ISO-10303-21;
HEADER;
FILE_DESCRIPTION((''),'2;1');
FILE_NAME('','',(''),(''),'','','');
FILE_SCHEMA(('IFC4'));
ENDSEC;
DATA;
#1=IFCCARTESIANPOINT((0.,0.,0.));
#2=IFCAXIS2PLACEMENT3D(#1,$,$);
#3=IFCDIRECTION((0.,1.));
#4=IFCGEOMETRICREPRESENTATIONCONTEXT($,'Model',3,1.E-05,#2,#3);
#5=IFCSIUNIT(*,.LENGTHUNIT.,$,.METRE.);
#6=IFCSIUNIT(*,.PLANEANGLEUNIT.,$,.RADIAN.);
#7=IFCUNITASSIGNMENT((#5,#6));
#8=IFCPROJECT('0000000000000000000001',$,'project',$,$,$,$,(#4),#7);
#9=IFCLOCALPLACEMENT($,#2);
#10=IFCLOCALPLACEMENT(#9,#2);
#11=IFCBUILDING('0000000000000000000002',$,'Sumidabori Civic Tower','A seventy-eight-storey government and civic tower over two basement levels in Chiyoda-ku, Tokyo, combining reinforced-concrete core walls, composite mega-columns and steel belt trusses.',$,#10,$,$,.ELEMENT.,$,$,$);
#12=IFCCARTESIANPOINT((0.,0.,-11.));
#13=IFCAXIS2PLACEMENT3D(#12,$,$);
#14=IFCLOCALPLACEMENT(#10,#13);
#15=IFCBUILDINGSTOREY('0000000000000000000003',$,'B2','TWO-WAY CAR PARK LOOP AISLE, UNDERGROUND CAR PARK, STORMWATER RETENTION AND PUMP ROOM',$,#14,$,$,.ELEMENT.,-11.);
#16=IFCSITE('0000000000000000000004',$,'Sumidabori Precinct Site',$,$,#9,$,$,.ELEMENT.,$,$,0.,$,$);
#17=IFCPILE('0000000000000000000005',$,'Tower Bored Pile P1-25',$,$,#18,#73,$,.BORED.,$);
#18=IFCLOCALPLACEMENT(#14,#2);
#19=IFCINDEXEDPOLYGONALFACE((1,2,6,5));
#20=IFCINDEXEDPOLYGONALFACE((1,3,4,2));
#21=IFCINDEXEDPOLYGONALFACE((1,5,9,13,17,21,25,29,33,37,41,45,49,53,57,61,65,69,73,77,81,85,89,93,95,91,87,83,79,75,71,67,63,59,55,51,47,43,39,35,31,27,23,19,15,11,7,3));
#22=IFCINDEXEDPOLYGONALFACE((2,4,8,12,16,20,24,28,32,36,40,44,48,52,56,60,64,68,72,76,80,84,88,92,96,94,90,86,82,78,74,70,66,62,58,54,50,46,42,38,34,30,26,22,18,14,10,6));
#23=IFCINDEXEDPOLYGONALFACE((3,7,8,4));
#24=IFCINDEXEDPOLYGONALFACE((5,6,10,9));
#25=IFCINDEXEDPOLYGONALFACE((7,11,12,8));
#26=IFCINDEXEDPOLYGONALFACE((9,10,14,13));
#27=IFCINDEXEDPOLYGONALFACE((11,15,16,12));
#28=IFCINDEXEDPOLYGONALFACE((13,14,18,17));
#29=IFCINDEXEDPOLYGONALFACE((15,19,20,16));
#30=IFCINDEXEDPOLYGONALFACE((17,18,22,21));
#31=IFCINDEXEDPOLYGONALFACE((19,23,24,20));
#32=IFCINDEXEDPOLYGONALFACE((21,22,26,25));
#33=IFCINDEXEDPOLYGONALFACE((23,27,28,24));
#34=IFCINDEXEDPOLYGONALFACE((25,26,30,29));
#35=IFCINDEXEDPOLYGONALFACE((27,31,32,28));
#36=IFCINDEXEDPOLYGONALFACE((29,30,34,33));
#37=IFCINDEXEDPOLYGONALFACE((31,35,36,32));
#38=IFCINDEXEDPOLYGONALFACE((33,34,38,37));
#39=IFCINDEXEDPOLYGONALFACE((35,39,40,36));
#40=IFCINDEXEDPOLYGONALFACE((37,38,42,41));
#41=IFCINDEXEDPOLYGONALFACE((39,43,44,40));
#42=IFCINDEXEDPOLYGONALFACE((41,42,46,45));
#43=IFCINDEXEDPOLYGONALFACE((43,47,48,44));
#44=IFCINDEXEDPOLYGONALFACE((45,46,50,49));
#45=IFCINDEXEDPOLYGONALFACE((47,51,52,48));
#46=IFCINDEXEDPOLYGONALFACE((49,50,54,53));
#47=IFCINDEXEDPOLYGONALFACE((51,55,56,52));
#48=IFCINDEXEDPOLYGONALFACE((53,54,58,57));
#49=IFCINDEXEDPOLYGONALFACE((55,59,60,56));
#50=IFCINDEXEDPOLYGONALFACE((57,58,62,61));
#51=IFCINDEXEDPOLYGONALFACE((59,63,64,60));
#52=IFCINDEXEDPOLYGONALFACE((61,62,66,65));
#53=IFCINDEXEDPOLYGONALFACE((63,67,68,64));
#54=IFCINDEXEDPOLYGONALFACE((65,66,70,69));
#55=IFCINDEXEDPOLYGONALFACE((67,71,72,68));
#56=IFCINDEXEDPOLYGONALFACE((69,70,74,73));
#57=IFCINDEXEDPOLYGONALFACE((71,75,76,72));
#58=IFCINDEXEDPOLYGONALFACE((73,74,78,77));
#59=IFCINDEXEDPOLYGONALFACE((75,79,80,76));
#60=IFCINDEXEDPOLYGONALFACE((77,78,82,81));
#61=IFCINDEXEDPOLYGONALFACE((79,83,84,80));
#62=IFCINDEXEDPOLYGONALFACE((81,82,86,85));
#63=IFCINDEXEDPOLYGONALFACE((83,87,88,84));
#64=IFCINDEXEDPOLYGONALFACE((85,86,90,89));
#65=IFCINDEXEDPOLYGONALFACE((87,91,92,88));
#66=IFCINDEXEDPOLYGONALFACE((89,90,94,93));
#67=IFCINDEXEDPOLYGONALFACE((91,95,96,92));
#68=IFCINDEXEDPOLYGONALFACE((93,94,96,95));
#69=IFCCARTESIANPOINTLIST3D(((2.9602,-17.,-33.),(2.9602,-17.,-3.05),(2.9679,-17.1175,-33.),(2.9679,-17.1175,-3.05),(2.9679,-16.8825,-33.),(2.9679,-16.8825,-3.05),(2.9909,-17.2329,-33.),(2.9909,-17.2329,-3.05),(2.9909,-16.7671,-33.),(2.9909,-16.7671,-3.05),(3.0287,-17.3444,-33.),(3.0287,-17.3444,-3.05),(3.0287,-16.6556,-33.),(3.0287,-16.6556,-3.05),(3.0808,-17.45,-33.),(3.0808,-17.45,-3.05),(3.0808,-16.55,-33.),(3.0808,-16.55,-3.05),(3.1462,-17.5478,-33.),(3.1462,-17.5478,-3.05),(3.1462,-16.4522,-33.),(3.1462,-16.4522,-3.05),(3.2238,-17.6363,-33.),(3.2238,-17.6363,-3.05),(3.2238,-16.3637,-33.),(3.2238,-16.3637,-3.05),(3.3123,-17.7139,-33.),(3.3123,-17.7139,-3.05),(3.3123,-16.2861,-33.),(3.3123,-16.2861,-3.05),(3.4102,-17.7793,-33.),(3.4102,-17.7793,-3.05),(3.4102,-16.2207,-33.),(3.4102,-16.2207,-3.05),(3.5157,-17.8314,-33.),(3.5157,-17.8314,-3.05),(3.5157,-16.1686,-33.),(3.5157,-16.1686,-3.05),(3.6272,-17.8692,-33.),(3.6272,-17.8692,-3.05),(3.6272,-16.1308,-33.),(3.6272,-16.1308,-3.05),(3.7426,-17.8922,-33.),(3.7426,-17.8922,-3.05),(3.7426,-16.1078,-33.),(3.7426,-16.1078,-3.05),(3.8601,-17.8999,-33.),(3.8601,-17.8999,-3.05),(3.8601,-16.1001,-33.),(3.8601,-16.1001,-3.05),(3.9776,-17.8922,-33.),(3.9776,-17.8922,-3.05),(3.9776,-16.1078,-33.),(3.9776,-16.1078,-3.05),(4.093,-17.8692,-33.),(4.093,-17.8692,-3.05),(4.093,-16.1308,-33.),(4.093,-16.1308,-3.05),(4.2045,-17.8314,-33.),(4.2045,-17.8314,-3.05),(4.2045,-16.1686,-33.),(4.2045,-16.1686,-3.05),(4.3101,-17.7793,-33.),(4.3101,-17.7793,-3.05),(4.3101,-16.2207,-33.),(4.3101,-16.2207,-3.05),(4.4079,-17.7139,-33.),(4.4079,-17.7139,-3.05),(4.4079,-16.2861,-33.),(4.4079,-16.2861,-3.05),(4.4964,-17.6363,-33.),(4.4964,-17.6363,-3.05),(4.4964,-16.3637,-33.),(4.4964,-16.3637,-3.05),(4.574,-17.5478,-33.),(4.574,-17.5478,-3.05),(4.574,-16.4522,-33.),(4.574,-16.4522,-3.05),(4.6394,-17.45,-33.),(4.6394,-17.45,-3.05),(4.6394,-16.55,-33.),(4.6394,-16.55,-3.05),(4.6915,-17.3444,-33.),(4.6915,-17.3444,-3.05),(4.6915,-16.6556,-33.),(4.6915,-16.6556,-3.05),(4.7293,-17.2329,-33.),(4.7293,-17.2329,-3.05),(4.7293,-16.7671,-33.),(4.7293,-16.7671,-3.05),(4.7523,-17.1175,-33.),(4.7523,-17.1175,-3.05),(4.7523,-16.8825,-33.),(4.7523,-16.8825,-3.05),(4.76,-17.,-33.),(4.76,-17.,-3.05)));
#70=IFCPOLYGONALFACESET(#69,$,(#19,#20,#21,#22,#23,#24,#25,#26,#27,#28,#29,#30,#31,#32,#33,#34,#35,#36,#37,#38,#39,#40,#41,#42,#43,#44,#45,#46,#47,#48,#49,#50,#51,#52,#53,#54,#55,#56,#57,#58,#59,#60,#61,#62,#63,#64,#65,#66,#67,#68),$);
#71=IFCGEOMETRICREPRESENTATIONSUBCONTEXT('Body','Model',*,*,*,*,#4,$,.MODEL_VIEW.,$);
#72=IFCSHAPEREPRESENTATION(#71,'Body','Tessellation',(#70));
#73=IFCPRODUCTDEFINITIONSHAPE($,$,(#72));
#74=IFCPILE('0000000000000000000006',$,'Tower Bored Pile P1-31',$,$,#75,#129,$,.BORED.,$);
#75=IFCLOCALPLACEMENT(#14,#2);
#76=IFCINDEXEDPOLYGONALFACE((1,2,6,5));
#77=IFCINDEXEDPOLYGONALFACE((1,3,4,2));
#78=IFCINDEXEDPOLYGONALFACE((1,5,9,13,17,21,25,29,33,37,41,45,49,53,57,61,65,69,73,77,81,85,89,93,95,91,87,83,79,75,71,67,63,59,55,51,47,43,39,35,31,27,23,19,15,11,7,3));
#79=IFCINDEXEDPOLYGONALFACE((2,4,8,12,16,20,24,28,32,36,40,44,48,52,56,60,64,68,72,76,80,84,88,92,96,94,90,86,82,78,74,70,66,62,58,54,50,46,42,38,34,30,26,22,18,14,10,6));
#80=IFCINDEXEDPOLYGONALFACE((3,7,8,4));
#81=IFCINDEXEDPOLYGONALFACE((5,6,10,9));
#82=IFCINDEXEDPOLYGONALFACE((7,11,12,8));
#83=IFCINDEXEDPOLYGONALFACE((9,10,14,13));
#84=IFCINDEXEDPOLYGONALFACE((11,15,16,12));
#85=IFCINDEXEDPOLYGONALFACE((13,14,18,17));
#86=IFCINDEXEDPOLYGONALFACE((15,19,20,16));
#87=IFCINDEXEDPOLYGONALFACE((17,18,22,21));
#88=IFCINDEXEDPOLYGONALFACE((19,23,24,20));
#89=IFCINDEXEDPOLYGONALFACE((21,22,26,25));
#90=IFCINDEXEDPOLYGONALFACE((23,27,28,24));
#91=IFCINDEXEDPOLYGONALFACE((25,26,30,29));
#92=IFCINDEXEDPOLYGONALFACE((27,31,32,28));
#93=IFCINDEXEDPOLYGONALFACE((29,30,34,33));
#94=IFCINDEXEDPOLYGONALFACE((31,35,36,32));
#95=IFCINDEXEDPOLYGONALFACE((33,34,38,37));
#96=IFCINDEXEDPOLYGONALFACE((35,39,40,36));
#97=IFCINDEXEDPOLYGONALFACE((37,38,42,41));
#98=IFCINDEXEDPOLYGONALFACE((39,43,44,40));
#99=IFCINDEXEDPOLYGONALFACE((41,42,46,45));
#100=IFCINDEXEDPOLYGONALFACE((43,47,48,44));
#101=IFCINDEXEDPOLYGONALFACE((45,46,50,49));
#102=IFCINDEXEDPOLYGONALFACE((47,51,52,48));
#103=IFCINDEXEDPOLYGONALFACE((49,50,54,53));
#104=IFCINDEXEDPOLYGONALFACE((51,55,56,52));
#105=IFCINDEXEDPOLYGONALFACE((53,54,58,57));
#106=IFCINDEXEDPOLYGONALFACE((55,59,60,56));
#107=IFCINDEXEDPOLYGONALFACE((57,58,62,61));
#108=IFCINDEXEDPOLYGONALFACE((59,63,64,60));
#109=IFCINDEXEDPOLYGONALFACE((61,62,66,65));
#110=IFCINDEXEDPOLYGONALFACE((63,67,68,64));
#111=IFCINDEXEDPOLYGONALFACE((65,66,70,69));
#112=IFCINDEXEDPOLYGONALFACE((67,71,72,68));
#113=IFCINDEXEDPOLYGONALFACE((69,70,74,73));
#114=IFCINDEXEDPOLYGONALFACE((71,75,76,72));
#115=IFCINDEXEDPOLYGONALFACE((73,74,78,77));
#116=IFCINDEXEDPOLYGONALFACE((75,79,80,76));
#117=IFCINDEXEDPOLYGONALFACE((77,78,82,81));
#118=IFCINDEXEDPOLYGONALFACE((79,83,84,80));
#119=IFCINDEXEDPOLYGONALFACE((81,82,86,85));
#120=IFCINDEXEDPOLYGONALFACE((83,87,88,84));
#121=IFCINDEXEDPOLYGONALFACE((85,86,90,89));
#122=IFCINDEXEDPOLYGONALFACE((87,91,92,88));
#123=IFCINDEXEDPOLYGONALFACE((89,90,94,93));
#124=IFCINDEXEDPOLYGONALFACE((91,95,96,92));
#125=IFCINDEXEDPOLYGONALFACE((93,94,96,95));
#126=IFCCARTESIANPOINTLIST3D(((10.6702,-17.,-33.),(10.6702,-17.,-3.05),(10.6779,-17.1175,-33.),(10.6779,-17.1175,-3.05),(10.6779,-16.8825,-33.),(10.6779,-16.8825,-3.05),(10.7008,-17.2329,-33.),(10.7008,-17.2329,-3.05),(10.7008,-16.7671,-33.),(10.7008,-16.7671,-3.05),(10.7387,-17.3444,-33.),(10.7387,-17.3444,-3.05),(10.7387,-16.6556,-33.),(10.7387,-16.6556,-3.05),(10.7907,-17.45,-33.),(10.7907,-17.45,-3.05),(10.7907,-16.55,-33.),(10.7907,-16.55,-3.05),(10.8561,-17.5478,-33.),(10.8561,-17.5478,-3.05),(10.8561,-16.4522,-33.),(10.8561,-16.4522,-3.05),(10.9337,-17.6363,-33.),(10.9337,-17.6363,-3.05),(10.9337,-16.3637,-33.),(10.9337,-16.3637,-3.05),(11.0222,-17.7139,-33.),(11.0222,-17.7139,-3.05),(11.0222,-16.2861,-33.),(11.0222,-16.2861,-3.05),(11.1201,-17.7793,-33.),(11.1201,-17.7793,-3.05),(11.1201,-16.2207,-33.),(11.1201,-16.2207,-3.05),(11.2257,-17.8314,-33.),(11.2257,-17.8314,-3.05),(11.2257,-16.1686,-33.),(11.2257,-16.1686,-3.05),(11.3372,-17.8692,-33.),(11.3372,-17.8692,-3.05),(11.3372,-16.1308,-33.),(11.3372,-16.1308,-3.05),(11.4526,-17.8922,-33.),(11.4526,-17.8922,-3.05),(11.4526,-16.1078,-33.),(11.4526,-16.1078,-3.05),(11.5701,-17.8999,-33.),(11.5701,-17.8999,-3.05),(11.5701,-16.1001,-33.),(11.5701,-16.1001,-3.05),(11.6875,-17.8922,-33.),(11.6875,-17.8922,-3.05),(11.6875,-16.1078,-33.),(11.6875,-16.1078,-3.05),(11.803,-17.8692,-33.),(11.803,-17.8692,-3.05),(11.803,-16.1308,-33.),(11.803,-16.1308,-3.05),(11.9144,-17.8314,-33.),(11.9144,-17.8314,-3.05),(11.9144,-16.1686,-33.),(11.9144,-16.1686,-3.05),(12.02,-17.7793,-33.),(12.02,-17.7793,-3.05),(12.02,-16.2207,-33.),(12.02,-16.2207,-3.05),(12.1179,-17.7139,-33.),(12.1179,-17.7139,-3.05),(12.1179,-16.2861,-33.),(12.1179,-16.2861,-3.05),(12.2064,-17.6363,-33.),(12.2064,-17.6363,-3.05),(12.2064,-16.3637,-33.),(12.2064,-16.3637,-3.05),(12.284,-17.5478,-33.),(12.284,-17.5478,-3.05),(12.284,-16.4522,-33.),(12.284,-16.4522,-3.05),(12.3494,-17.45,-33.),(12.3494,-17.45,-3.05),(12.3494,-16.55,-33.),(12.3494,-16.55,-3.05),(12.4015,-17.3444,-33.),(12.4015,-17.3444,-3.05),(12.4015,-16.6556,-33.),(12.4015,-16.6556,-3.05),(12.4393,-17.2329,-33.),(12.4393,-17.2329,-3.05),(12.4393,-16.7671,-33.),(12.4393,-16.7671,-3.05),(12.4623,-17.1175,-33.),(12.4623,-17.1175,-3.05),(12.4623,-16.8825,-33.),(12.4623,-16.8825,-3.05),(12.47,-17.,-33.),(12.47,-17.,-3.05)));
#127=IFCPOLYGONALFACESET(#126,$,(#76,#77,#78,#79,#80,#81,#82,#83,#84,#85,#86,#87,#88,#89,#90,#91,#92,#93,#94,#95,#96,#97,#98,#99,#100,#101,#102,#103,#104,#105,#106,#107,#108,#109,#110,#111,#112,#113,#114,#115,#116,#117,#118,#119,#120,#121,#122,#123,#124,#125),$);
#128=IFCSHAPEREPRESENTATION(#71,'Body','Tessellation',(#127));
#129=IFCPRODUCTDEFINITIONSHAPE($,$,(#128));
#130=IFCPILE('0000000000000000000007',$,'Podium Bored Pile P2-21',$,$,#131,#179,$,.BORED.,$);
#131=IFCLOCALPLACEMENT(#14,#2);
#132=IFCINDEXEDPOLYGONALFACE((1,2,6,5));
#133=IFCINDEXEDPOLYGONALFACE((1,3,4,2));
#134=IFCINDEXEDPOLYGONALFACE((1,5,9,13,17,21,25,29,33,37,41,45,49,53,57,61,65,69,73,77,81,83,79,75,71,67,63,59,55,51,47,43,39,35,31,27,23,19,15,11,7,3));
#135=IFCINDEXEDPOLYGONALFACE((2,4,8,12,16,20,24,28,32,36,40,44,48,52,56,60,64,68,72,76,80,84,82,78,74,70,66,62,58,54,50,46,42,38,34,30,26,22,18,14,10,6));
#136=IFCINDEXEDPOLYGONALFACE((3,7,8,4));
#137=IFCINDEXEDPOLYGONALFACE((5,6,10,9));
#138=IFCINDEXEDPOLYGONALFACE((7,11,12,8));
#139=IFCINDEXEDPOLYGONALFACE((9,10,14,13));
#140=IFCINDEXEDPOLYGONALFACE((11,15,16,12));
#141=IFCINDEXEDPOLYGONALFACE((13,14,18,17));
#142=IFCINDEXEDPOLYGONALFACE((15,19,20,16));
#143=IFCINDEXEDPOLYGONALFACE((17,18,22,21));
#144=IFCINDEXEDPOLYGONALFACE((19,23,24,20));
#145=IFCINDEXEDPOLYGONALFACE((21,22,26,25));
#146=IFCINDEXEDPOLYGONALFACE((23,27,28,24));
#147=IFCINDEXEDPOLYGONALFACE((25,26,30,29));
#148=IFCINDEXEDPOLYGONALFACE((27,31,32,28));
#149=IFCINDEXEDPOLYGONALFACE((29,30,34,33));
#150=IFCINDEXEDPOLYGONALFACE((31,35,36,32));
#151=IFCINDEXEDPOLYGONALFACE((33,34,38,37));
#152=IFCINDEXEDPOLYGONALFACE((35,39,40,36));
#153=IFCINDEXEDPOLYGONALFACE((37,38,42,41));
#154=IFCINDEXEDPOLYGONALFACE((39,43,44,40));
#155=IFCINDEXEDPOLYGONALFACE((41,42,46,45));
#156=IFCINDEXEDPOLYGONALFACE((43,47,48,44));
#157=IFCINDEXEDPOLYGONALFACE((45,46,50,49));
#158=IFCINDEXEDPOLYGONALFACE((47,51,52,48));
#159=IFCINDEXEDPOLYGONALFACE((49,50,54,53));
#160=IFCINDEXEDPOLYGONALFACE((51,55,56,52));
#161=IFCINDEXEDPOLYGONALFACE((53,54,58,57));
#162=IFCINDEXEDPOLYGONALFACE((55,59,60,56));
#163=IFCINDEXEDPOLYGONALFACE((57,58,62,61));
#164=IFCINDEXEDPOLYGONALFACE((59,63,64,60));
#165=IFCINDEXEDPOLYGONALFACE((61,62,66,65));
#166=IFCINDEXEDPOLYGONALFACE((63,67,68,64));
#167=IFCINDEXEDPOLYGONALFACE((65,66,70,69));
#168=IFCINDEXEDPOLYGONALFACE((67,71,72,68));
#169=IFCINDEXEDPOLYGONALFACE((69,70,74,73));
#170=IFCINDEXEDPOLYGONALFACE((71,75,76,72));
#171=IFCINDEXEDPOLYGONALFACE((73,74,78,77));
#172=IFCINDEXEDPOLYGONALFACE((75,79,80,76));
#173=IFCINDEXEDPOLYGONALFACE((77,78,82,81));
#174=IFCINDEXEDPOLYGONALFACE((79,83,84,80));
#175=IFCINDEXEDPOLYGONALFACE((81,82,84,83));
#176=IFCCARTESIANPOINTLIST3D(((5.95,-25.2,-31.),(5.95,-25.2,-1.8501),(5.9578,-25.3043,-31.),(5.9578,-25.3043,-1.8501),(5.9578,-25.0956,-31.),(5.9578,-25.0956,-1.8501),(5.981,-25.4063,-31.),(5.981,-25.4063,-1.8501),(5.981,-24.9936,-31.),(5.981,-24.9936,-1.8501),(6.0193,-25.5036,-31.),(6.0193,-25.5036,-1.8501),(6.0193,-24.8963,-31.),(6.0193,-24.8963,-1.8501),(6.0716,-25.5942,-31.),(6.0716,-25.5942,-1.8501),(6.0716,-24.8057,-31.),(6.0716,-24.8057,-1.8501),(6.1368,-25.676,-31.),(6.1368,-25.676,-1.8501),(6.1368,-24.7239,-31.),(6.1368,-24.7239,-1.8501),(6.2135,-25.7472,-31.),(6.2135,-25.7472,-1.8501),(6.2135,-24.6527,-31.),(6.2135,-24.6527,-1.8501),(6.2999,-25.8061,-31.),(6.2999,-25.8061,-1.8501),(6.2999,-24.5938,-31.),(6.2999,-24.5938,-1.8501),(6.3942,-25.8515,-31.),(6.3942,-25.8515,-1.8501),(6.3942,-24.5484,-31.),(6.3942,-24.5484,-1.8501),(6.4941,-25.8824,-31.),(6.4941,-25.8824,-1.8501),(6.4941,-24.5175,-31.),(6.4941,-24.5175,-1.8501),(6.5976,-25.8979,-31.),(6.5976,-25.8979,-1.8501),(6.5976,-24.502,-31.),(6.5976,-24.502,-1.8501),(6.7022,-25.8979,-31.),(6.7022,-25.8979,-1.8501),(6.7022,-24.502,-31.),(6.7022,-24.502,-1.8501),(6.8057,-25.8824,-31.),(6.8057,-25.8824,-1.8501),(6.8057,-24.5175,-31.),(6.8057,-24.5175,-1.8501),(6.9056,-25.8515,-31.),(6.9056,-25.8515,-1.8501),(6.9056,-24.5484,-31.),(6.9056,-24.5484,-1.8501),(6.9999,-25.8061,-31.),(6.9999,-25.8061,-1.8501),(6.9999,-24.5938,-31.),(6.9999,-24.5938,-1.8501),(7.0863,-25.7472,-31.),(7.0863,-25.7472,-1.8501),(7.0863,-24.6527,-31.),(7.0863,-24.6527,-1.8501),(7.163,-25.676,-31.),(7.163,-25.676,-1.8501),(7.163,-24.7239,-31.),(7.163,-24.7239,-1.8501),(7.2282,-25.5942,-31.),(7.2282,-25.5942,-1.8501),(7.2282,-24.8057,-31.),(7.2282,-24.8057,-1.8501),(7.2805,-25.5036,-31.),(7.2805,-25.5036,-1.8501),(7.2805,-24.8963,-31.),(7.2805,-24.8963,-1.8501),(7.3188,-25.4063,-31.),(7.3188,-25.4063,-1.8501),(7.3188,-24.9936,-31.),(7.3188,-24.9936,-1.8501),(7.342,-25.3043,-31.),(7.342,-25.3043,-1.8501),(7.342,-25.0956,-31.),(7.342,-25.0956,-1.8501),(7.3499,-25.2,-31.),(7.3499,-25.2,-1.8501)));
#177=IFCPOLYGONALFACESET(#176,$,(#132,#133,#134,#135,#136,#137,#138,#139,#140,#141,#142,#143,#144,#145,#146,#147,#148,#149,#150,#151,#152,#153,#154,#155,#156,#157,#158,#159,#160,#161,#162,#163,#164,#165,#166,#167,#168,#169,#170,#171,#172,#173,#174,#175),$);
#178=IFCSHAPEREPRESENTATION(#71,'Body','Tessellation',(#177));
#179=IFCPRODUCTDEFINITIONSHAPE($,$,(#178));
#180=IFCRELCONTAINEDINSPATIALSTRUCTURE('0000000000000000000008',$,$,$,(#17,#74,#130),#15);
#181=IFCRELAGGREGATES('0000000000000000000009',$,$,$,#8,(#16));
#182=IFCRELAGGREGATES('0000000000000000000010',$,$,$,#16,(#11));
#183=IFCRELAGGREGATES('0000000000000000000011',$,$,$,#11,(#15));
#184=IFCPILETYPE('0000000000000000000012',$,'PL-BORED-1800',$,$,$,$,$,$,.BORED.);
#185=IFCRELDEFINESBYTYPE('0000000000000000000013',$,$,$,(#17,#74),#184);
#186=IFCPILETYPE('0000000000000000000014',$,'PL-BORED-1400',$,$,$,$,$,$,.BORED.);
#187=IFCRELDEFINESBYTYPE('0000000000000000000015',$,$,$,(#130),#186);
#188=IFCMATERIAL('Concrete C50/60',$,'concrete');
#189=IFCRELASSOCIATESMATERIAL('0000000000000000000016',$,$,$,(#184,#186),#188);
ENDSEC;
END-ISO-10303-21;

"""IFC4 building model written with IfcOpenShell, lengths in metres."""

from ifc_helpers import new_model, si_unit, direction, frame, origin, origin_2d, place, context, subcontext, project, spatial, circle, extrude, source, transform, mapped, material, material_profile, profile_set, type_object, element, save


model = new_model("IFC4")

# Units and contexts
model_context = context("Model", 3, precision=1e-05, world=origin(), true_north=direction((0.0, 1.0)))
body_context = subcontext(model_context, "Body", "Model", "MODEL_VIEW")
ifc_project = project(units=[si_unit("LENGTHUNIT", "METRE"), si_unit("PLANEANGLEUNIT", "RADIAN")], contexts=[model_context])

# Site, building, storey
site_placement = place(None, origin())
site = spatial("IfcSite", under=ifc_project, at=site_placement, Name="Sumidabori Precinct Site", CompositionType="ELEMENT", RefElevation=0.0)
building_placement = place(site_placement, origin())
building = spatial("IfcBuilding", under=site, at=building_placement, Name="Sumidabori Civic Tower", Description="A seventy-eight-storey government and civic tower over two basement levels in Chiyoda-ku, Tokyo, combining reinforced-concrete core walls, composite mega-columns and steel belt trusses.", CompositionType="ELEMENT")
storey_placement = place(building_placement, frame((0.0, 0.0, -11.0)))
storey = spatial("IfcBuildingStorey", under=building, at=storey_placement, Name="B2", Description="TWO-WAY CAR PARK LOOP AISLE, UNDERGROUND CAR PARK, STORMWATER RETENTION AND PUMP ROOM", CompositionType="ELEMENT", Elevation=-11.0)

# Piles
ifc_material_1 = material(Name="Concrete C50/60", Category="concrete")
ifc_material_profile_1 = material_profile(ifc_material_1, circle(Radius=0.8999, at=origin_2d()), Name="BORED PILE 1800")
ifc_profile_set_1 = profile_set([ifc_material_profile_1], Name="Concrete C50/60")
pile_type_1 = type_object("IfcPileType", Name="PL-BORED-1800", PredefinedType="BORED", material=ifc_profile_set_1)
shared_shape_1 = source(origin(), body_context, "Body", "SweptSolid", [
    extrude(circle(Radius=0.8999, at=origin_2d()), origin(), (0.0, 0.0, 1.0), 29.95),
])
for number, where, z_axis, x_axis, name in (
    (1, (3.8601, -17.0, -3.05), (0.0, 0.0, -1.0), (1.0, 0.0, 0.0), "Tower Bored Pile P1-25"),
    (2, (11.5701, -17.0, -3.05), (0.0, 0.0, -1.0), (1.0, 0.0, 0.0), "Tower Bored Pile P1-31"),
):
    element("IfcPile", number, at=place(storey_placement, frame(where, z_axis=z_axis, x_axis=x_axis)), inside=storey, type_object=pile_type_1, Name=name, PredefinedType="BORED", context=body_context, shape_type="MappedRepresentation", body=[
        mapped(shared_shape_1, transform((0.0, 0.0, 0.0), x_axis=(1.0, 0.0, 0.0), y_axis=(0.0, 1.0, 0.0), z_axis=(0.0, 0.0, 1.0), scale=1.0)),
    ])
ifc_material_profile_2 = material_profile(ifc_material_1, circle(Radius=0.7, at=origin_2d()), Name="BORED PILE 1400")
ifc_profile_set_2 = profile_set([ifc_material_profile_2], Name="Concrete C50/60")
pile_type_2 = type_object("IfcPileType", Name="PL-BORED-1400", PredefinedType="BORED", material=ifc_profile_set_2)
shared_shape_2 = source(origin(), body_context, "Body", "SweptSolid", [
    extrude(circle(Radius=0.7, at=origin_2d()), origin(), (0.0, 0.0, 1.0), 29.1499),
])
for number, where, z_axis, x_axis, name in (
    (3, (6.6499, -25.2, -1.8501), (0.0, 0.0, -1.0), (1.0, 0.0, 0.0), "Podium Bored Pile P2-21"),
):
    element("IfcPile", number, at=place(storey_placement, frame(where, z_axis=z_axis, x_axis=x_axis)), inside=storey, type_object=pile_type_2, Name=name, PredefinedType="BORED", context=body_context, shape_type="MappedRepresentation", body=[
        mapped(shared_shape_2, transform((0.0, 0.0, 0.0), x_axis=(1.0, 0.0, 0.0), y_axis=(0.0, 1.0, 0.0), z_axis=(0.0, 0.0, 1.0), scale=1.0)),
    ])

save(model, "model.ifc")
